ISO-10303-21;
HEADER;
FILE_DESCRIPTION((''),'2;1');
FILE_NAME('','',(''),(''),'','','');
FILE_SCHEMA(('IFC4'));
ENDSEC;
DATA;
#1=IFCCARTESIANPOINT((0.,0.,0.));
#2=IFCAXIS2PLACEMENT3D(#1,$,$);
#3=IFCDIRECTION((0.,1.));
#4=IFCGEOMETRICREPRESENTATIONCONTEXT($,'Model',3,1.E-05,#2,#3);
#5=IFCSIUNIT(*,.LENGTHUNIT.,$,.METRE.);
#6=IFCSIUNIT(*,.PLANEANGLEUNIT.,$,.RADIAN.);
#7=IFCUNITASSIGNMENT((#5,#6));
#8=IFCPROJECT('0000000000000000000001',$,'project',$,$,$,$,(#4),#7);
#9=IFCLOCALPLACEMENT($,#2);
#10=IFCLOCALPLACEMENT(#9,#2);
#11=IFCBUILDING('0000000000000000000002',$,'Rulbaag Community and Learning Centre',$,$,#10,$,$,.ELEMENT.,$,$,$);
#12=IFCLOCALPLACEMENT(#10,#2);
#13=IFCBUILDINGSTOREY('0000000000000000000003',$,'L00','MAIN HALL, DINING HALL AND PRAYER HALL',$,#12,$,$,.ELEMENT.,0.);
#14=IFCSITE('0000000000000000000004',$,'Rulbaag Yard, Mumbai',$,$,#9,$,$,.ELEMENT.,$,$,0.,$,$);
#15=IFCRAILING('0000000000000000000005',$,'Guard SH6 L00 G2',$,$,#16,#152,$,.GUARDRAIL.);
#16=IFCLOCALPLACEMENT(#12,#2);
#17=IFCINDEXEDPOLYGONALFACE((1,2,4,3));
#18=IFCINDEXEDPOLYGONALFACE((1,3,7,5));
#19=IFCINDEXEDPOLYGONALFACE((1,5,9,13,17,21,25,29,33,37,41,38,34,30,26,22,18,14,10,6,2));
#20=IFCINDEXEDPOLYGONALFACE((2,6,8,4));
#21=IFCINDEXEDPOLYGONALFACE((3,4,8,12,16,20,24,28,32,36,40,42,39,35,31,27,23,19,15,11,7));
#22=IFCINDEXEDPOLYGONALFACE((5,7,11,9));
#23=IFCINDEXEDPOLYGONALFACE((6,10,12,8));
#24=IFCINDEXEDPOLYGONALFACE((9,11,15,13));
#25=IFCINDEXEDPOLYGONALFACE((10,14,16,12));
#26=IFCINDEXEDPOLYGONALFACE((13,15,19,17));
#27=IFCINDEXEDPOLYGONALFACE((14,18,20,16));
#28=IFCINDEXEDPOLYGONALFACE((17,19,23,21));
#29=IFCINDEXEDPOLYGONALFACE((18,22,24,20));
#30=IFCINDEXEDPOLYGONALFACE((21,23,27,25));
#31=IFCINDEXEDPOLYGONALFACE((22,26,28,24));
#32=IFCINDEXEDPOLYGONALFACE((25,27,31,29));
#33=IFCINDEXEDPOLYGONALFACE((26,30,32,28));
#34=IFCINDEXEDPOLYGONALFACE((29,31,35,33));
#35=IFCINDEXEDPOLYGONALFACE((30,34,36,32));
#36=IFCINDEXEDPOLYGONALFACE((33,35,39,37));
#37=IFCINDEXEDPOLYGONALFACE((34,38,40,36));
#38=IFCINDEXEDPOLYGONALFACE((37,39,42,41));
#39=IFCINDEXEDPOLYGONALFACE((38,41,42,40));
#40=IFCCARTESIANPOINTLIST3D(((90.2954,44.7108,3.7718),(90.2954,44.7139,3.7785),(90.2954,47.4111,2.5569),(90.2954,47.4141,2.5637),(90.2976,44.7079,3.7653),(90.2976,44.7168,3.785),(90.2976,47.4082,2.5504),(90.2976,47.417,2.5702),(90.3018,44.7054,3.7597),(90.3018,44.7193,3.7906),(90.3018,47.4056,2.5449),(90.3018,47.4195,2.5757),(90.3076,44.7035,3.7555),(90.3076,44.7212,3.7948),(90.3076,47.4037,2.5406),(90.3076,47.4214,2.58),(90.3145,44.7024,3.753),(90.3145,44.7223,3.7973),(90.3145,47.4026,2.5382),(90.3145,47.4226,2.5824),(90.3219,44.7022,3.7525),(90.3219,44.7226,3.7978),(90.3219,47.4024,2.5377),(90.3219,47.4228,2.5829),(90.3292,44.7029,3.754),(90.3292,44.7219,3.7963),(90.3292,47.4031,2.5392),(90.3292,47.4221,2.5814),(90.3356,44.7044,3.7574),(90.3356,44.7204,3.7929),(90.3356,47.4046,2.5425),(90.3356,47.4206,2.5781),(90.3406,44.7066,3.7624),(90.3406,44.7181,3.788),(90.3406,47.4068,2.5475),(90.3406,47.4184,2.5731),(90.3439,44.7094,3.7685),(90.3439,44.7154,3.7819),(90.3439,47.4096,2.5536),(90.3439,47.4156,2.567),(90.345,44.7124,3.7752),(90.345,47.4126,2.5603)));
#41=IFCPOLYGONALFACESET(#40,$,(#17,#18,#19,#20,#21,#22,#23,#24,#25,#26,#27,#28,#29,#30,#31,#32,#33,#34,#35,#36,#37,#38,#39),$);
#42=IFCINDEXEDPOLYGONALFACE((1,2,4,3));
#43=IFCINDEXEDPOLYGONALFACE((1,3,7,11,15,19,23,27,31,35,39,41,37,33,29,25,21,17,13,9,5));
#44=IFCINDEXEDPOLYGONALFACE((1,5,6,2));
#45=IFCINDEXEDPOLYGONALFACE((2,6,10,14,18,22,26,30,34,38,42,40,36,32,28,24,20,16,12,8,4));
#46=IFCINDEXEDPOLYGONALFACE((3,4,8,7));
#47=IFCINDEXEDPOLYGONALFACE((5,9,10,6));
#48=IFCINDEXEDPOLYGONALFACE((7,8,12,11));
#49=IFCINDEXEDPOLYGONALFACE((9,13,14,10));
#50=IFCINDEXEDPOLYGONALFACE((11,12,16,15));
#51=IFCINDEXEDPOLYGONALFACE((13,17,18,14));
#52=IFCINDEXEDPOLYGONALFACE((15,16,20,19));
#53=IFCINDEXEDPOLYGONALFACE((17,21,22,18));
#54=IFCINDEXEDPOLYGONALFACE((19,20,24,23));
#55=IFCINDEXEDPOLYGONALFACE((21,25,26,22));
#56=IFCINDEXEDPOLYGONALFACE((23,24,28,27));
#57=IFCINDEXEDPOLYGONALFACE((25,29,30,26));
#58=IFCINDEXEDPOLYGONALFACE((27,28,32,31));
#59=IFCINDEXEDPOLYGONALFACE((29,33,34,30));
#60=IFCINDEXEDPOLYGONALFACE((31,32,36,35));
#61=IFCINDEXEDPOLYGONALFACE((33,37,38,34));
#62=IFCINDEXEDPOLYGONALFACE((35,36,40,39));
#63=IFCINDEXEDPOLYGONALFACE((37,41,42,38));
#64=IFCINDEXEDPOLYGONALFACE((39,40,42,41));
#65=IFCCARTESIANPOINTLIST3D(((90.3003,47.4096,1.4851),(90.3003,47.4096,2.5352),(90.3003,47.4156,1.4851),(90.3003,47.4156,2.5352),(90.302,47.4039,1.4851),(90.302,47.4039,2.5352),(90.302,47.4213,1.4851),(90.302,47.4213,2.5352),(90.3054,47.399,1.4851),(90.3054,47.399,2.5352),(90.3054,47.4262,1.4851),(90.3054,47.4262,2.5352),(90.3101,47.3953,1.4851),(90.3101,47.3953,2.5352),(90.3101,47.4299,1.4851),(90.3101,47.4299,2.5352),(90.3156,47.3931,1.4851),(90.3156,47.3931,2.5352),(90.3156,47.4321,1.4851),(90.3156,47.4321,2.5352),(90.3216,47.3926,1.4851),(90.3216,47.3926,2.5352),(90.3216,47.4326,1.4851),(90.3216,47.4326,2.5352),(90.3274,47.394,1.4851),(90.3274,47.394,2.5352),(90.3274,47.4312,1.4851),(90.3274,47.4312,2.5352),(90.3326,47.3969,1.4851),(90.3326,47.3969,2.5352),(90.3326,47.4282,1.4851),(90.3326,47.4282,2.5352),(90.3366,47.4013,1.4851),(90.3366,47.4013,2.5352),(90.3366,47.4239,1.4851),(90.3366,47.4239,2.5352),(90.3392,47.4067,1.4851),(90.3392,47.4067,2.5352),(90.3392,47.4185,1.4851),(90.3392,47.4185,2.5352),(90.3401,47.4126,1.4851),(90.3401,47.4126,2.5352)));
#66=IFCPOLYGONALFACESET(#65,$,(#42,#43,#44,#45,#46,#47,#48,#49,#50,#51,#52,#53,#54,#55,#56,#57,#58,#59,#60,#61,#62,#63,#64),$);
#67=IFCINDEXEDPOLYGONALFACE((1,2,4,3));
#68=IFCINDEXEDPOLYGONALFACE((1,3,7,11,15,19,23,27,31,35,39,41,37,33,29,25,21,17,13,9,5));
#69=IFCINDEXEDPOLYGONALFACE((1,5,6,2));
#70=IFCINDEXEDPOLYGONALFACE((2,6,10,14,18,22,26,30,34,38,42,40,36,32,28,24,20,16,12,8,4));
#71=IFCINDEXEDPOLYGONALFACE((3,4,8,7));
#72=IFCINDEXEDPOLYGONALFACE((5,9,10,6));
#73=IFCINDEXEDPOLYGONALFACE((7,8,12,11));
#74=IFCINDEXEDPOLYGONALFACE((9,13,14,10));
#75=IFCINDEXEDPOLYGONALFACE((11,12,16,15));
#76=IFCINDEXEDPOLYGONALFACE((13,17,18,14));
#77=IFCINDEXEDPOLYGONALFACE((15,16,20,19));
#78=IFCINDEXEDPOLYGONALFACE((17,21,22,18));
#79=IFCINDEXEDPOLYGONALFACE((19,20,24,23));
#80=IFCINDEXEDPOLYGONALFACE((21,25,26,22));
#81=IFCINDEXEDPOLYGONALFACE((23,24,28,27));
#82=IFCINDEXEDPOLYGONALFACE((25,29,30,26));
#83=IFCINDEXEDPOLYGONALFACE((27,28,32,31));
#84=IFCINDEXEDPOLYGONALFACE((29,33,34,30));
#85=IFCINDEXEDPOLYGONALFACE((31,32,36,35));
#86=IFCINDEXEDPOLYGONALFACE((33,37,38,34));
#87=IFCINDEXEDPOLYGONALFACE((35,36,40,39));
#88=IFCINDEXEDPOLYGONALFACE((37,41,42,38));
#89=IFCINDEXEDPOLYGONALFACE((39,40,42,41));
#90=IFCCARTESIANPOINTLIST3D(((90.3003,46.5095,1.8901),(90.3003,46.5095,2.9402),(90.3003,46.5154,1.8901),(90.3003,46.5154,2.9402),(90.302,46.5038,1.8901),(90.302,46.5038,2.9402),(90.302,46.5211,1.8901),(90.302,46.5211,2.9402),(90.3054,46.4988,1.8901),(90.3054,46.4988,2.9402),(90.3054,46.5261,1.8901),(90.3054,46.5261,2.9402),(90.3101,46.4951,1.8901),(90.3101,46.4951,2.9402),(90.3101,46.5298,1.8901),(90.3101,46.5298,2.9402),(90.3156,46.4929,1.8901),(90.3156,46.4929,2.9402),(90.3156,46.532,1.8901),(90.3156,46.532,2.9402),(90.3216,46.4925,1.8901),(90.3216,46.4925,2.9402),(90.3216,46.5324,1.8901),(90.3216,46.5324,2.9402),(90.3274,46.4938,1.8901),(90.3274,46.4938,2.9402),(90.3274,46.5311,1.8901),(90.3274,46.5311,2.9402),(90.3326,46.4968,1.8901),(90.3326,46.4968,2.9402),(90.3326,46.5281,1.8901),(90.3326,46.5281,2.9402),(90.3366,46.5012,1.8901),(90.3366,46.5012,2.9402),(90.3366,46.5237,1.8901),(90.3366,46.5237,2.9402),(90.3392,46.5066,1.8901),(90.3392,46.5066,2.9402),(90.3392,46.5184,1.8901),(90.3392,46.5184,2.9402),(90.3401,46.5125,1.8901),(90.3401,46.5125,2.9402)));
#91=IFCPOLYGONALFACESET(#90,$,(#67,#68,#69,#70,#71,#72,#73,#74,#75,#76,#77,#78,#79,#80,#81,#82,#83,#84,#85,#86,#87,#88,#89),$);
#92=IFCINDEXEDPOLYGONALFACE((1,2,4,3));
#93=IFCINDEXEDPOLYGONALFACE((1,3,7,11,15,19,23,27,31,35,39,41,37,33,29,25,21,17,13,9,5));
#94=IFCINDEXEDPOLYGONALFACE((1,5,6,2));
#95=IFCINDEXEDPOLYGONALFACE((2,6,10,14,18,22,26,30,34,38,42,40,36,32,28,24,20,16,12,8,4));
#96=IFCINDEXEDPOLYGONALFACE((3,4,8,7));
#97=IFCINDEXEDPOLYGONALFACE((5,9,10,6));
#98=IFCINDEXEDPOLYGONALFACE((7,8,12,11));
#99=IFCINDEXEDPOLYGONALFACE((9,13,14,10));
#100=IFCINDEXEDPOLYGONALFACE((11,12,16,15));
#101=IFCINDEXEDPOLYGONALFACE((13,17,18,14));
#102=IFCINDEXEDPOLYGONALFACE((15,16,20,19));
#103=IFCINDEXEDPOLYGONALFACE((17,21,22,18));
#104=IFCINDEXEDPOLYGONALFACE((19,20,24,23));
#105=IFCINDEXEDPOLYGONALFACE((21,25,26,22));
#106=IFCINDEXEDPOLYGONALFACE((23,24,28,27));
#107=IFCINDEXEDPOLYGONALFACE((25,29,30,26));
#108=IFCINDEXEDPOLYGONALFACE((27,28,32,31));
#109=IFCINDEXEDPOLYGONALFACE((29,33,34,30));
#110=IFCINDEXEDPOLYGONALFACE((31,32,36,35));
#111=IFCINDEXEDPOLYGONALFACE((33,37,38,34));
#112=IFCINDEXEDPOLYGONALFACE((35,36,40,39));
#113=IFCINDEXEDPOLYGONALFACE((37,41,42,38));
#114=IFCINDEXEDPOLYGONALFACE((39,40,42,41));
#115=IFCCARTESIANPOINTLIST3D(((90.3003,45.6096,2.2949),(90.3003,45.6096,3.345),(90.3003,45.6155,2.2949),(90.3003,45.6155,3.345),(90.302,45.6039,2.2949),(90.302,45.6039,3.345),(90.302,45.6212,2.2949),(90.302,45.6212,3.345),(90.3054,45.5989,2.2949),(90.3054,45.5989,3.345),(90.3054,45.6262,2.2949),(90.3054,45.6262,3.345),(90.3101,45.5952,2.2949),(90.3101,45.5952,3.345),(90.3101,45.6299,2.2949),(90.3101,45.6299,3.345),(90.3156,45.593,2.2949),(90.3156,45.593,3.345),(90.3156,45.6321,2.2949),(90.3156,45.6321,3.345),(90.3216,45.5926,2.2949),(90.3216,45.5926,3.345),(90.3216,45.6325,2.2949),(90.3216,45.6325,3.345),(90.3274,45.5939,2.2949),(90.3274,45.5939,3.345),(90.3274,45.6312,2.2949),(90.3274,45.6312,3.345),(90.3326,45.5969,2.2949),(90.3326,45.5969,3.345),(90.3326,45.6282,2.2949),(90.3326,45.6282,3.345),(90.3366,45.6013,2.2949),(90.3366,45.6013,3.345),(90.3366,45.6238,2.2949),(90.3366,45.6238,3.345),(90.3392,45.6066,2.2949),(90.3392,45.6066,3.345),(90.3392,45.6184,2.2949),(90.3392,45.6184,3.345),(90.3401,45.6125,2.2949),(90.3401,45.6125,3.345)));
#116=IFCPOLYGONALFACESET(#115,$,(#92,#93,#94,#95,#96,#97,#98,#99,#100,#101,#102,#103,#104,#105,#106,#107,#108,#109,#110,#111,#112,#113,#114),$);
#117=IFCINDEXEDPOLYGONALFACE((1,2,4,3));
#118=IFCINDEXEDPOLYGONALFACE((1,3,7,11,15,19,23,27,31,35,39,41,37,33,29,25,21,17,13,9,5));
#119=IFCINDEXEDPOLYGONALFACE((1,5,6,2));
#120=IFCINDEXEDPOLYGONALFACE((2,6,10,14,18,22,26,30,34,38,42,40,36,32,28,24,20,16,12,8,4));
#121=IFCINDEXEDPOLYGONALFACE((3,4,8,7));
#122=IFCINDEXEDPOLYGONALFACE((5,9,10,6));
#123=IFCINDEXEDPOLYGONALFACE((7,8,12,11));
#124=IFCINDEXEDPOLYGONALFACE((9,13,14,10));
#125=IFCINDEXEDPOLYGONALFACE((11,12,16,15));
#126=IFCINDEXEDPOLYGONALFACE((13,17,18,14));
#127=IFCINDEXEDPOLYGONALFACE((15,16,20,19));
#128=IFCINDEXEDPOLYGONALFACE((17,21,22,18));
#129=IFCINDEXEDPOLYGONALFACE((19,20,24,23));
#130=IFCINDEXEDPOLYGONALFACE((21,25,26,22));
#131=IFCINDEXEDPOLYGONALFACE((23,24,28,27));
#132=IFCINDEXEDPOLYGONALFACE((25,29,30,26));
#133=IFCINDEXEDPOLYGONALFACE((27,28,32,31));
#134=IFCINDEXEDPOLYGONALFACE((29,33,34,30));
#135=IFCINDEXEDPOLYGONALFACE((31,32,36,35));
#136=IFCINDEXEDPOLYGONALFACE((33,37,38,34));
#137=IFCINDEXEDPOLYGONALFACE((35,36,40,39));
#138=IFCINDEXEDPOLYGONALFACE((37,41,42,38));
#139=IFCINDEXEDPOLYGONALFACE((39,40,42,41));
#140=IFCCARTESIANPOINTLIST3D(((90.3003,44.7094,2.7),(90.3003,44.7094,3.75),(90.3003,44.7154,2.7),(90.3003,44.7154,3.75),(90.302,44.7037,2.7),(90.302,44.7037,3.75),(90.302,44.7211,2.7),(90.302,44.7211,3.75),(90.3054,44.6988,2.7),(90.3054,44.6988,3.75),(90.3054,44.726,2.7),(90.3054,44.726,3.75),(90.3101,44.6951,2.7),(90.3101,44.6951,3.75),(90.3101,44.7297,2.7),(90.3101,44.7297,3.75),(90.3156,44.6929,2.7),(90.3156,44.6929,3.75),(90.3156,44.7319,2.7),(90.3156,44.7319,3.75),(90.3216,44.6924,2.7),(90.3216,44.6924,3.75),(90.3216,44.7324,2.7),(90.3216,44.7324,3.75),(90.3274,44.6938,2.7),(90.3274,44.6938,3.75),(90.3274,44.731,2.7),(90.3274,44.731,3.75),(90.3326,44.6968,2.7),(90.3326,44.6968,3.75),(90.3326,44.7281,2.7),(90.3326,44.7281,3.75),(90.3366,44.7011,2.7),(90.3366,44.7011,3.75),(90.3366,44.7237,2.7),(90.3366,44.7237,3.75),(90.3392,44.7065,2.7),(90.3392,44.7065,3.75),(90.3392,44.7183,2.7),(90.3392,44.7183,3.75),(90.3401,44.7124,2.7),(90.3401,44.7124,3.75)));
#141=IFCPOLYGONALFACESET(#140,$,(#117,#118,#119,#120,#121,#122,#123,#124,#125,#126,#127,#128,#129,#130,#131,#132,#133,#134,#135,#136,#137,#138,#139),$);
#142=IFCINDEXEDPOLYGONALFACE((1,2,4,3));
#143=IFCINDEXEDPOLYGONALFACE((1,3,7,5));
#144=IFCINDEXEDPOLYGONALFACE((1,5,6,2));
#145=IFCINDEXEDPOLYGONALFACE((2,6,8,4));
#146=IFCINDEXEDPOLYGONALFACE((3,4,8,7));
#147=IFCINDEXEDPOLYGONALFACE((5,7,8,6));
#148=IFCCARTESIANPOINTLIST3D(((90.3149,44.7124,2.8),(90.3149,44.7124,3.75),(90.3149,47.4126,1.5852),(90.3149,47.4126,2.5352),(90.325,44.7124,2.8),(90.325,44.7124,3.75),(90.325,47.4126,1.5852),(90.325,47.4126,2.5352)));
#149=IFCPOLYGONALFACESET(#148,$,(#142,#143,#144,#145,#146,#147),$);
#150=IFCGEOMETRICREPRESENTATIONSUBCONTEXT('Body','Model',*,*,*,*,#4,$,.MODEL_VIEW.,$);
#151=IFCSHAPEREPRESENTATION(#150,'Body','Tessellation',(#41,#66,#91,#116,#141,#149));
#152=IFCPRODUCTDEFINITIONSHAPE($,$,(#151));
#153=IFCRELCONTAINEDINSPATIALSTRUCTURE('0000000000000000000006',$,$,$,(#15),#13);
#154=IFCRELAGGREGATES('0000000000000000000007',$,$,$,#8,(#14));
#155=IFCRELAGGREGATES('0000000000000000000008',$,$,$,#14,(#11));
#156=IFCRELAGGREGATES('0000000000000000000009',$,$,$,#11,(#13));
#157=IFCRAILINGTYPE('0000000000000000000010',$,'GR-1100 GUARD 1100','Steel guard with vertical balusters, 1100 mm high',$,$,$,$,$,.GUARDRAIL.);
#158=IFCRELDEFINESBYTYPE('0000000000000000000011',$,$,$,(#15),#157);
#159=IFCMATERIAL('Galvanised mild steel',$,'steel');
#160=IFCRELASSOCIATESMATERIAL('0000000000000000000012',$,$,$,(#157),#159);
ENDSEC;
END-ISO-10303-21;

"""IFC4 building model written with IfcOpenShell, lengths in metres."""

from ifc_helpers import new_model, si_unit, direction, frame, origin, origin_2d, place, context, subcontext, project, spatial, polyline, circle, outline, extrude, material, type_object, element, save


model = new_model("IFC4")

# Units and contexts
model_context = context("Model", 3, precision=1e-05, world=origin(), true_north=direction((0.0, 1.0)))
body_context = subcontext(model_context, "Body", "Model", "MODEL_VIEW")
ifc_project = project(units=[si_unit("LENGTHUNIT", "METRE"), si_unit("PLANEANGLEUNIT", "RADIAN")], contexts=[model_context])

# Site, building, storey
site_placement = place(None, origin())
site = spatial("IfcSite", under=ifc_project, at=site_placement, Name="Rulbaag Yard, Mumbai", CompositionType="ELEMENT", RefElevation=0.0)
building_placement = place(site_placement, origin())
building = spatial("IfcBuilding", under=site, at=building_placement, Name="Rulbaag Community and Learning Centre", CompositionType="ELEMENT")
storey_placement = place(building_placement, origin())
storey = spatial("IfcBuildingStorey", under=building, at=storey_placement, Name="L00", Description="MAIN HALL, DINING HALL AND PRAYER HALL", CompositionType="ELEMENT", Elevation=0.0)

# Railing
ifc_material_1 = material(Name="Galvanised mild steel", Category="steel")
railing_type_1 = type_object("IfcRailingType", Name="GR-1100 GUARD 1100", Description="Steel guard with vertical balusters, 1100 mm high", PredefinedType="GUARDRAIL", material=ifc_material_1)
railing_1_placement = place(storey_placement, frame((90.3201, 47.4126, 1.4851)))
element("IfcRailing", 1, at=railing_1_placement, inside=storey, type_object=railing_type_1, Name="Guard SH6 L00 G2", PredefinedType="GUARDRAIL", context=body_context, shape_type="SweptSolid", body=[
    extrude(circle(Radius=0.0249, at=origin_2d()), frame((0.0, 0.0, 1.0752), z_axis=(0.0, -0.911952, 0.410296), x_axis=(1.0, 0.0, 0.0)), (0.0, 0.0, 1.0), 2.9609),
    extrude(circle(Radius=0.02, at=origin_2d()), origin(), (0.0, 0.0, 1.0), 1.05),
    extrude(circle(Radius=0.02, at=origin_2d()), frame((0.0, -0.9001, 0.405)), (0.0, 0.0, 1.0), 1.05),
    extrude(circle(Radius=0.02, at=origin_2d()), frame((0.0, -1.8, 0.8098)), (0.0, 0.0, 1.0), 1.05),
    extrude(circle(Radius=0.02, at=origin_2d()), frame((0.0, -2.7002, 1.2148)), (0.0, 0.0, 1.0), 1.05),
    extrude(outline(polyline([(0.0, 0.0), (2.7002, 1.2148), (2.7002, 2.1648), (0.0, 0.95), (0.0, 0.0)])), frame((0.0049, 0.0, 0.1001), z_axis=(-1.0, 0.0, 0.0), x_axis=(0.0, -1.0, 0.0)), (0.0, 0.0, 1.0), 0.01),
])

save(model, "model.ifc")
